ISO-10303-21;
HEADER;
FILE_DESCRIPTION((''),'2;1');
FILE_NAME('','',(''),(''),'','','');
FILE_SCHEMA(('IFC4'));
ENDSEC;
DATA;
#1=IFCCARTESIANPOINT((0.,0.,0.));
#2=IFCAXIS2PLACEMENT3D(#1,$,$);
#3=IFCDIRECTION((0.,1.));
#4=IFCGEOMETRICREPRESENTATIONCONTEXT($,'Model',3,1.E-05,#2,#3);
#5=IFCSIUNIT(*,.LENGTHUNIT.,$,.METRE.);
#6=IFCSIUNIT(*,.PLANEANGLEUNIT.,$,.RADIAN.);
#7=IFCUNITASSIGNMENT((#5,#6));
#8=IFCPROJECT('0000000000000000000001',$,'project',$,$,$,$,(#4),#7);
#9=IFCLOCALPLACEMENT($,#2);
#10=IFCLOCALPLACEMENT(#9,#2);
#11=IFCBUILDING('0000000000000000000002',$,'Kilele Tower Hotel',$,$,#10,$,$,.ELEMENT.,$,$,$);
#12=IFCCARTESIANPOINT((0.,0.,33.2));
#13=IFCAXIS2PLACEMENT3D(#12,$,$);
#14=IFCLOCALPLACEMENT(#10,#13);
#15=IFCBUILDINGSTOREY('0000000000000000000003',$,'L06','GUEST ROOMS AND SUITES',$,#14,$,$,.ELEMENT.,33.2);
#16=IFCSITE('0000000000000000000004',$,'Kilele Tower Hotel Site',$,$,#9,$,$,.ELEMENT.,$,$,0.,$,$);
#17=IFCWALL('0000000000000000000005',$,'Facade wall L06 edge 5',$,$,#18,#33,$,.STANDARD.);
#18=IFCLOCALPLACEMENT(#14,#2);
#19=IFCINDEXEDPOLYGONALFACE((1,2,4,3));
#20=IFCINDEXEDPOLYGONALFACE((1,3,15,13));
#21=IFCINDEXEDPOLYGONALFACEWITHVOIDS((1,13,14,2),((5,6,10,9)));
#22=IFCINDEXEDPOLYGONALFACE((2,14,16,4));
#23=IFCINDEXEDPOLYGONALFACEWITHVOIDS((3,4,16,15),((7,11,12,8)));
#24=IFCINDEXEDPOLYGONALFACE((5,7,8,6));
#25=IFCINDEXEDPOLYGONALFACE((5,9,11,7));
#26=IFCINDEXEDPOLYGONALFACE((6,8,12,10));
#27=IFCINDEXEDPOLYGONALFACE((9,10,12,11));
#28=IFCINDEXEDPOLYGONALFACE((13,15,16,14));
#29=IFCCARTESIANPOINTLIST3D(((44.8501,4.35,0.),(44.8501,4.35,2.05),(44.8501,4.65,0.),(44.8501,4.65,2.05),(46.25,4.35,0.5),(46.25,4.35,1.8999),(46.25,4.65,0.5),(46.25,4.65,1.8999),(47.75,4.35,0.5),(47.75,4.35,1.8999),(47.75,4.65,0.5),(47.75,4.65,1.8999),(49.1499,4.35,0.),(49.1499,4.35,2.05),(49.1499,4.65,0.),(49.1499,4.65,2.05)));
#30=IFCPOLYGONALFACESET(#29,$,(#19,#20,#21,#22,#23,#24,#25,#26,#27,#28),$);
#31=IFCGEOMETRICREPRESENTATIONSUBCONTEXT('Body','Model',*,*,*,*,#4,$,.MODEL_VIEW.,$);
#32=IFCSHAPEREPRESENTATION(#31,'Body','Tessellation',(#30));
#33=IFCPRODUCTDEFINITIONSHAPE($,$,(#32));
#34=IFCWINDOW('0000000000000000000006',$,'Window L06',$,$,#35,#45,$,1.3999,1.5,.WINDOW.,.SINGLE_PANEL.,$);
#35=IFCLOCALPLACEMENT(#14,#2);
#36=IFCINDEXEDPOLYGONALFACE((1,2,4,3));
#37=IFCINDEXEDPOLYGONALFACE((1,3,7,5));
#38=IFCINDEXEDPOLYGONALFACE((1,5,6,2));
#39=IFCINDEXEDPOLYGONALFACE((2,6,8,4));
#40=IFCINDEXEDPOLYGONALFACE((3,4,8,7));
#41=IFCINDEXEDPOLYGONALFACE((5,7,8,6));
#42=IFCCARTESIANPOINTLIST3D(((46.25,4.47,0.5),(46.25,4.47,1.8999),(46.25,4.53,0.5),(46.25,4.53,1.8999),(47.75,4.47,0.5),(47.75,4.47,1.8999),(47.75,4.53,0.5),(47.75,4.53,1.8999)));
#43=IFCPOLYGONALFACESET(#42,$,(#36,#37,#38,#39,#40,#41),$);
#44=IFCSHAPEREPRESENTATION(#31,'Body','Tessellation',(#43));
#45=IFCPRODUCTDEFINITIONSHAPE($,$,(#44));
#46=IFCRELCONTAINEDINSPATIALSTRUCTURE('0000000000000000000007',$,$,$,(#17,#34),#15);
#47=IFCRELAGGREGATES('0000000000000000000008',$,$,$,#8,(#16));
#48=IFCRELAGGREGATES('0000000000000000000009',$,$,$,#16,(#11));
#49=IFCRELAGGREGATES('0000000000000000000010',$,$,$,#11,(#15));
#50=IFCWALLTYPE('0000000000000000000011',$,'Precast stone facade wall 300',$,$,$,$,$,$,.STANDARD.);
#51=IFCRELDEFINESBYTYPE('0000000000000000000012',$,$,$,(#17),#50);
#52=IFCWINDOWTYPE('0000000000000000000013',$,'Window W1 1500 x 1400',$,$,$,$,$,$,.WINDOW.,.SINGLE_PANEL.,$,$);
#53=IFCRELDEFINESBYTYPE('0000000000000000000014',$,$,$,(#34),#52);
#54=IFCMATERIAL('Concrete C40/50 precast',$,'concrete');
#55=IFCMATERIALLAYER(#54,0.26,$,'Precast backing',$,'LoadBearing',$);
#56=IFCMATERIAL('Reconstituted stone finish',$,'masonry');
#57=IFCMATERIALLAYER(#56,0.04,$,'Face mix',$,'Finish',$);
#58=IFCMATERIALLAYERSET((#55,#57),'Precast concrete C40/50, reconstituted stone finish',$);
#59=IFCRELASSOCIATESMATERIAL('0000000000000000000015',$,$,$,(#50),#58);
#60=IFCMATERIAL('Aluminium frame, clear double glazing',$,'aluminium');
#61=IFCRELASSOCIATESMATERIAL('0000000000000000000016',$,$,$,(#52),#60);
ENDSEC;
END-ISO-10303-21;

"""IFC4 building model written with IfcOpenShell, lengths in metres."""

from ifc_helpers import new_model, si_unit, direction, frame, frame_2d, origin, place, context, subcontext, project, spatial, rectangle, extrude, material, layer, layer_set, type_object, element, fill, save


model = new_model("IFC4")

# Units and contexts
model_context = context("Model", 3, precision=1e-05, world=origin(), true_north=direction((0.0, 1.0)))
body_context = subcontext(model_context, "Body", "Model", "MODEL_VIEW")
ifc_project = project(units=[si_unit("LENGTHUNIT", "METRE"), si_unit("PLANEANGLEUNIT", "RADIAN")], contexts=[model_context])

# Site, building, storey
site_placement = place(None, origin())
site = spatial("IfcSite", under=ifc_project, at=site_placement, Name="Kilele Tower Hotel Site", CompositionType="ELEMENT", RefElevation=0.0)
building_placement = place(site_placement, origin())
building = spatial("IfcBuilding", under=site, at=building_placement, Name="Kilele Tower Hotel", CompositionType="ELEMENT")
storey_placement = place(building_placement, frame((0.0, 0.0, 33.2)))
storey = spatial("IfcBuildingStorey", under=building, at=storey_placement, Name="L06", Description="GUEST ROOMS AND SUITES", CompositionType="ELEMENT", Elevation=33.2)

# Wall, opening, window
ifc_material_1 = material(Name="Concrete C40/50 precast", Category="concrete")
ifc_layer_1 = layer(ifc_material_1, 0.26, Name="Precast backing", Category="LoadBearing")
ifc_material_2 = material(Name="Reconstituted stone finish", Category="masonry")
ifc_layer_2 = layer(ifc_material_2, 0.04, Name="Face mix", Category="Finish")
ifc_layer_set_1 = layer_set([ifc_layer_1, ifc_layer_2], Name="Precast concrete C40/50, reconstituted stone finish")
wall_type_1 = type_object("IfcWallType", Name="Precast stone facade wall 300", PredefinedType="STANDARD", material=ifc_layer_set_1)
ifc_material_3 = material(Name="Aluminium frame, clear double glazing", Category="aluminium")
window_type = type_object("IfcWindowType", Name="Window W1 1500 x 1400", PartitioningType="SINGLE_PANEL", PredefinedType="WINDOW", material=ifc_material_3)
wall_1_placement = place(storey_placement, frame((44.8501, 4.5, 0.0), z_axis=(0.0, 0.0, 1.0), x_axis=(1.0, 0.0, 0.0)))
wall_1 = element("IfcWall", 1, at=wall_1_placement, inside=storey, type_object=wall_type_1, Name="Facade wall L06 edge 5", PredefinedType="STANDARD", context=body_context, shape_type="SweptSolid", body=[
    extrude(rectangle(XDim=4.2998, YDim=0.3, at=frame_2d((2.1499, 0.0))), origin(), (0.0, 0.0, 1.0), 2.05),
])
opening_1_placement = place(wall_1_placement, frame((1.3999, 0.0, 0.5)))
opening_1 = element("IfcOpeningElement", 2, at=opening_1_placement, cuts=wall_1, PredefinedType="OPENING", context=body_context, shape_type="SweptSolid", body=[
    extrude(rectangle(XDim=1.5, YDim=1.3999, at=frame_2d((0.75, 0.7))), frame((0.0, 0.1599, 0.0), z_axis=(0.0, -1.0, 0.0), x_axis=(1.0, 0.0, 0.0)), (0.0, 0.0, 1.0), 0.3201),
])
window_1_placement = place(opening_1_placement, origin())
window_1 = element("IfcWindow", 3, at=window_1_placement, inside=storey, type_object=window_type, Name="Window L06", OverallHeight=1.3999, OverallWidth=1.5, PartitioningType="SINGLE_PANEL", PredefinedType="WINDOW", context=body_context, shape_type="SweptSolid", body=[
    extrude(rectangle(XDim=1.5, YDim=1.3999, at=frame_2d((0.75, 0.7))), frame((0.0, 0.03, 0.0), z_axis=(0.0, -1.0, 0.0), x_axis=(1.0, 0.0, 0.0)), (0.0, 0.0, 1.0), 0.0601),
])
fill(opening_1, window_1)

save(model, "model.ifc")
